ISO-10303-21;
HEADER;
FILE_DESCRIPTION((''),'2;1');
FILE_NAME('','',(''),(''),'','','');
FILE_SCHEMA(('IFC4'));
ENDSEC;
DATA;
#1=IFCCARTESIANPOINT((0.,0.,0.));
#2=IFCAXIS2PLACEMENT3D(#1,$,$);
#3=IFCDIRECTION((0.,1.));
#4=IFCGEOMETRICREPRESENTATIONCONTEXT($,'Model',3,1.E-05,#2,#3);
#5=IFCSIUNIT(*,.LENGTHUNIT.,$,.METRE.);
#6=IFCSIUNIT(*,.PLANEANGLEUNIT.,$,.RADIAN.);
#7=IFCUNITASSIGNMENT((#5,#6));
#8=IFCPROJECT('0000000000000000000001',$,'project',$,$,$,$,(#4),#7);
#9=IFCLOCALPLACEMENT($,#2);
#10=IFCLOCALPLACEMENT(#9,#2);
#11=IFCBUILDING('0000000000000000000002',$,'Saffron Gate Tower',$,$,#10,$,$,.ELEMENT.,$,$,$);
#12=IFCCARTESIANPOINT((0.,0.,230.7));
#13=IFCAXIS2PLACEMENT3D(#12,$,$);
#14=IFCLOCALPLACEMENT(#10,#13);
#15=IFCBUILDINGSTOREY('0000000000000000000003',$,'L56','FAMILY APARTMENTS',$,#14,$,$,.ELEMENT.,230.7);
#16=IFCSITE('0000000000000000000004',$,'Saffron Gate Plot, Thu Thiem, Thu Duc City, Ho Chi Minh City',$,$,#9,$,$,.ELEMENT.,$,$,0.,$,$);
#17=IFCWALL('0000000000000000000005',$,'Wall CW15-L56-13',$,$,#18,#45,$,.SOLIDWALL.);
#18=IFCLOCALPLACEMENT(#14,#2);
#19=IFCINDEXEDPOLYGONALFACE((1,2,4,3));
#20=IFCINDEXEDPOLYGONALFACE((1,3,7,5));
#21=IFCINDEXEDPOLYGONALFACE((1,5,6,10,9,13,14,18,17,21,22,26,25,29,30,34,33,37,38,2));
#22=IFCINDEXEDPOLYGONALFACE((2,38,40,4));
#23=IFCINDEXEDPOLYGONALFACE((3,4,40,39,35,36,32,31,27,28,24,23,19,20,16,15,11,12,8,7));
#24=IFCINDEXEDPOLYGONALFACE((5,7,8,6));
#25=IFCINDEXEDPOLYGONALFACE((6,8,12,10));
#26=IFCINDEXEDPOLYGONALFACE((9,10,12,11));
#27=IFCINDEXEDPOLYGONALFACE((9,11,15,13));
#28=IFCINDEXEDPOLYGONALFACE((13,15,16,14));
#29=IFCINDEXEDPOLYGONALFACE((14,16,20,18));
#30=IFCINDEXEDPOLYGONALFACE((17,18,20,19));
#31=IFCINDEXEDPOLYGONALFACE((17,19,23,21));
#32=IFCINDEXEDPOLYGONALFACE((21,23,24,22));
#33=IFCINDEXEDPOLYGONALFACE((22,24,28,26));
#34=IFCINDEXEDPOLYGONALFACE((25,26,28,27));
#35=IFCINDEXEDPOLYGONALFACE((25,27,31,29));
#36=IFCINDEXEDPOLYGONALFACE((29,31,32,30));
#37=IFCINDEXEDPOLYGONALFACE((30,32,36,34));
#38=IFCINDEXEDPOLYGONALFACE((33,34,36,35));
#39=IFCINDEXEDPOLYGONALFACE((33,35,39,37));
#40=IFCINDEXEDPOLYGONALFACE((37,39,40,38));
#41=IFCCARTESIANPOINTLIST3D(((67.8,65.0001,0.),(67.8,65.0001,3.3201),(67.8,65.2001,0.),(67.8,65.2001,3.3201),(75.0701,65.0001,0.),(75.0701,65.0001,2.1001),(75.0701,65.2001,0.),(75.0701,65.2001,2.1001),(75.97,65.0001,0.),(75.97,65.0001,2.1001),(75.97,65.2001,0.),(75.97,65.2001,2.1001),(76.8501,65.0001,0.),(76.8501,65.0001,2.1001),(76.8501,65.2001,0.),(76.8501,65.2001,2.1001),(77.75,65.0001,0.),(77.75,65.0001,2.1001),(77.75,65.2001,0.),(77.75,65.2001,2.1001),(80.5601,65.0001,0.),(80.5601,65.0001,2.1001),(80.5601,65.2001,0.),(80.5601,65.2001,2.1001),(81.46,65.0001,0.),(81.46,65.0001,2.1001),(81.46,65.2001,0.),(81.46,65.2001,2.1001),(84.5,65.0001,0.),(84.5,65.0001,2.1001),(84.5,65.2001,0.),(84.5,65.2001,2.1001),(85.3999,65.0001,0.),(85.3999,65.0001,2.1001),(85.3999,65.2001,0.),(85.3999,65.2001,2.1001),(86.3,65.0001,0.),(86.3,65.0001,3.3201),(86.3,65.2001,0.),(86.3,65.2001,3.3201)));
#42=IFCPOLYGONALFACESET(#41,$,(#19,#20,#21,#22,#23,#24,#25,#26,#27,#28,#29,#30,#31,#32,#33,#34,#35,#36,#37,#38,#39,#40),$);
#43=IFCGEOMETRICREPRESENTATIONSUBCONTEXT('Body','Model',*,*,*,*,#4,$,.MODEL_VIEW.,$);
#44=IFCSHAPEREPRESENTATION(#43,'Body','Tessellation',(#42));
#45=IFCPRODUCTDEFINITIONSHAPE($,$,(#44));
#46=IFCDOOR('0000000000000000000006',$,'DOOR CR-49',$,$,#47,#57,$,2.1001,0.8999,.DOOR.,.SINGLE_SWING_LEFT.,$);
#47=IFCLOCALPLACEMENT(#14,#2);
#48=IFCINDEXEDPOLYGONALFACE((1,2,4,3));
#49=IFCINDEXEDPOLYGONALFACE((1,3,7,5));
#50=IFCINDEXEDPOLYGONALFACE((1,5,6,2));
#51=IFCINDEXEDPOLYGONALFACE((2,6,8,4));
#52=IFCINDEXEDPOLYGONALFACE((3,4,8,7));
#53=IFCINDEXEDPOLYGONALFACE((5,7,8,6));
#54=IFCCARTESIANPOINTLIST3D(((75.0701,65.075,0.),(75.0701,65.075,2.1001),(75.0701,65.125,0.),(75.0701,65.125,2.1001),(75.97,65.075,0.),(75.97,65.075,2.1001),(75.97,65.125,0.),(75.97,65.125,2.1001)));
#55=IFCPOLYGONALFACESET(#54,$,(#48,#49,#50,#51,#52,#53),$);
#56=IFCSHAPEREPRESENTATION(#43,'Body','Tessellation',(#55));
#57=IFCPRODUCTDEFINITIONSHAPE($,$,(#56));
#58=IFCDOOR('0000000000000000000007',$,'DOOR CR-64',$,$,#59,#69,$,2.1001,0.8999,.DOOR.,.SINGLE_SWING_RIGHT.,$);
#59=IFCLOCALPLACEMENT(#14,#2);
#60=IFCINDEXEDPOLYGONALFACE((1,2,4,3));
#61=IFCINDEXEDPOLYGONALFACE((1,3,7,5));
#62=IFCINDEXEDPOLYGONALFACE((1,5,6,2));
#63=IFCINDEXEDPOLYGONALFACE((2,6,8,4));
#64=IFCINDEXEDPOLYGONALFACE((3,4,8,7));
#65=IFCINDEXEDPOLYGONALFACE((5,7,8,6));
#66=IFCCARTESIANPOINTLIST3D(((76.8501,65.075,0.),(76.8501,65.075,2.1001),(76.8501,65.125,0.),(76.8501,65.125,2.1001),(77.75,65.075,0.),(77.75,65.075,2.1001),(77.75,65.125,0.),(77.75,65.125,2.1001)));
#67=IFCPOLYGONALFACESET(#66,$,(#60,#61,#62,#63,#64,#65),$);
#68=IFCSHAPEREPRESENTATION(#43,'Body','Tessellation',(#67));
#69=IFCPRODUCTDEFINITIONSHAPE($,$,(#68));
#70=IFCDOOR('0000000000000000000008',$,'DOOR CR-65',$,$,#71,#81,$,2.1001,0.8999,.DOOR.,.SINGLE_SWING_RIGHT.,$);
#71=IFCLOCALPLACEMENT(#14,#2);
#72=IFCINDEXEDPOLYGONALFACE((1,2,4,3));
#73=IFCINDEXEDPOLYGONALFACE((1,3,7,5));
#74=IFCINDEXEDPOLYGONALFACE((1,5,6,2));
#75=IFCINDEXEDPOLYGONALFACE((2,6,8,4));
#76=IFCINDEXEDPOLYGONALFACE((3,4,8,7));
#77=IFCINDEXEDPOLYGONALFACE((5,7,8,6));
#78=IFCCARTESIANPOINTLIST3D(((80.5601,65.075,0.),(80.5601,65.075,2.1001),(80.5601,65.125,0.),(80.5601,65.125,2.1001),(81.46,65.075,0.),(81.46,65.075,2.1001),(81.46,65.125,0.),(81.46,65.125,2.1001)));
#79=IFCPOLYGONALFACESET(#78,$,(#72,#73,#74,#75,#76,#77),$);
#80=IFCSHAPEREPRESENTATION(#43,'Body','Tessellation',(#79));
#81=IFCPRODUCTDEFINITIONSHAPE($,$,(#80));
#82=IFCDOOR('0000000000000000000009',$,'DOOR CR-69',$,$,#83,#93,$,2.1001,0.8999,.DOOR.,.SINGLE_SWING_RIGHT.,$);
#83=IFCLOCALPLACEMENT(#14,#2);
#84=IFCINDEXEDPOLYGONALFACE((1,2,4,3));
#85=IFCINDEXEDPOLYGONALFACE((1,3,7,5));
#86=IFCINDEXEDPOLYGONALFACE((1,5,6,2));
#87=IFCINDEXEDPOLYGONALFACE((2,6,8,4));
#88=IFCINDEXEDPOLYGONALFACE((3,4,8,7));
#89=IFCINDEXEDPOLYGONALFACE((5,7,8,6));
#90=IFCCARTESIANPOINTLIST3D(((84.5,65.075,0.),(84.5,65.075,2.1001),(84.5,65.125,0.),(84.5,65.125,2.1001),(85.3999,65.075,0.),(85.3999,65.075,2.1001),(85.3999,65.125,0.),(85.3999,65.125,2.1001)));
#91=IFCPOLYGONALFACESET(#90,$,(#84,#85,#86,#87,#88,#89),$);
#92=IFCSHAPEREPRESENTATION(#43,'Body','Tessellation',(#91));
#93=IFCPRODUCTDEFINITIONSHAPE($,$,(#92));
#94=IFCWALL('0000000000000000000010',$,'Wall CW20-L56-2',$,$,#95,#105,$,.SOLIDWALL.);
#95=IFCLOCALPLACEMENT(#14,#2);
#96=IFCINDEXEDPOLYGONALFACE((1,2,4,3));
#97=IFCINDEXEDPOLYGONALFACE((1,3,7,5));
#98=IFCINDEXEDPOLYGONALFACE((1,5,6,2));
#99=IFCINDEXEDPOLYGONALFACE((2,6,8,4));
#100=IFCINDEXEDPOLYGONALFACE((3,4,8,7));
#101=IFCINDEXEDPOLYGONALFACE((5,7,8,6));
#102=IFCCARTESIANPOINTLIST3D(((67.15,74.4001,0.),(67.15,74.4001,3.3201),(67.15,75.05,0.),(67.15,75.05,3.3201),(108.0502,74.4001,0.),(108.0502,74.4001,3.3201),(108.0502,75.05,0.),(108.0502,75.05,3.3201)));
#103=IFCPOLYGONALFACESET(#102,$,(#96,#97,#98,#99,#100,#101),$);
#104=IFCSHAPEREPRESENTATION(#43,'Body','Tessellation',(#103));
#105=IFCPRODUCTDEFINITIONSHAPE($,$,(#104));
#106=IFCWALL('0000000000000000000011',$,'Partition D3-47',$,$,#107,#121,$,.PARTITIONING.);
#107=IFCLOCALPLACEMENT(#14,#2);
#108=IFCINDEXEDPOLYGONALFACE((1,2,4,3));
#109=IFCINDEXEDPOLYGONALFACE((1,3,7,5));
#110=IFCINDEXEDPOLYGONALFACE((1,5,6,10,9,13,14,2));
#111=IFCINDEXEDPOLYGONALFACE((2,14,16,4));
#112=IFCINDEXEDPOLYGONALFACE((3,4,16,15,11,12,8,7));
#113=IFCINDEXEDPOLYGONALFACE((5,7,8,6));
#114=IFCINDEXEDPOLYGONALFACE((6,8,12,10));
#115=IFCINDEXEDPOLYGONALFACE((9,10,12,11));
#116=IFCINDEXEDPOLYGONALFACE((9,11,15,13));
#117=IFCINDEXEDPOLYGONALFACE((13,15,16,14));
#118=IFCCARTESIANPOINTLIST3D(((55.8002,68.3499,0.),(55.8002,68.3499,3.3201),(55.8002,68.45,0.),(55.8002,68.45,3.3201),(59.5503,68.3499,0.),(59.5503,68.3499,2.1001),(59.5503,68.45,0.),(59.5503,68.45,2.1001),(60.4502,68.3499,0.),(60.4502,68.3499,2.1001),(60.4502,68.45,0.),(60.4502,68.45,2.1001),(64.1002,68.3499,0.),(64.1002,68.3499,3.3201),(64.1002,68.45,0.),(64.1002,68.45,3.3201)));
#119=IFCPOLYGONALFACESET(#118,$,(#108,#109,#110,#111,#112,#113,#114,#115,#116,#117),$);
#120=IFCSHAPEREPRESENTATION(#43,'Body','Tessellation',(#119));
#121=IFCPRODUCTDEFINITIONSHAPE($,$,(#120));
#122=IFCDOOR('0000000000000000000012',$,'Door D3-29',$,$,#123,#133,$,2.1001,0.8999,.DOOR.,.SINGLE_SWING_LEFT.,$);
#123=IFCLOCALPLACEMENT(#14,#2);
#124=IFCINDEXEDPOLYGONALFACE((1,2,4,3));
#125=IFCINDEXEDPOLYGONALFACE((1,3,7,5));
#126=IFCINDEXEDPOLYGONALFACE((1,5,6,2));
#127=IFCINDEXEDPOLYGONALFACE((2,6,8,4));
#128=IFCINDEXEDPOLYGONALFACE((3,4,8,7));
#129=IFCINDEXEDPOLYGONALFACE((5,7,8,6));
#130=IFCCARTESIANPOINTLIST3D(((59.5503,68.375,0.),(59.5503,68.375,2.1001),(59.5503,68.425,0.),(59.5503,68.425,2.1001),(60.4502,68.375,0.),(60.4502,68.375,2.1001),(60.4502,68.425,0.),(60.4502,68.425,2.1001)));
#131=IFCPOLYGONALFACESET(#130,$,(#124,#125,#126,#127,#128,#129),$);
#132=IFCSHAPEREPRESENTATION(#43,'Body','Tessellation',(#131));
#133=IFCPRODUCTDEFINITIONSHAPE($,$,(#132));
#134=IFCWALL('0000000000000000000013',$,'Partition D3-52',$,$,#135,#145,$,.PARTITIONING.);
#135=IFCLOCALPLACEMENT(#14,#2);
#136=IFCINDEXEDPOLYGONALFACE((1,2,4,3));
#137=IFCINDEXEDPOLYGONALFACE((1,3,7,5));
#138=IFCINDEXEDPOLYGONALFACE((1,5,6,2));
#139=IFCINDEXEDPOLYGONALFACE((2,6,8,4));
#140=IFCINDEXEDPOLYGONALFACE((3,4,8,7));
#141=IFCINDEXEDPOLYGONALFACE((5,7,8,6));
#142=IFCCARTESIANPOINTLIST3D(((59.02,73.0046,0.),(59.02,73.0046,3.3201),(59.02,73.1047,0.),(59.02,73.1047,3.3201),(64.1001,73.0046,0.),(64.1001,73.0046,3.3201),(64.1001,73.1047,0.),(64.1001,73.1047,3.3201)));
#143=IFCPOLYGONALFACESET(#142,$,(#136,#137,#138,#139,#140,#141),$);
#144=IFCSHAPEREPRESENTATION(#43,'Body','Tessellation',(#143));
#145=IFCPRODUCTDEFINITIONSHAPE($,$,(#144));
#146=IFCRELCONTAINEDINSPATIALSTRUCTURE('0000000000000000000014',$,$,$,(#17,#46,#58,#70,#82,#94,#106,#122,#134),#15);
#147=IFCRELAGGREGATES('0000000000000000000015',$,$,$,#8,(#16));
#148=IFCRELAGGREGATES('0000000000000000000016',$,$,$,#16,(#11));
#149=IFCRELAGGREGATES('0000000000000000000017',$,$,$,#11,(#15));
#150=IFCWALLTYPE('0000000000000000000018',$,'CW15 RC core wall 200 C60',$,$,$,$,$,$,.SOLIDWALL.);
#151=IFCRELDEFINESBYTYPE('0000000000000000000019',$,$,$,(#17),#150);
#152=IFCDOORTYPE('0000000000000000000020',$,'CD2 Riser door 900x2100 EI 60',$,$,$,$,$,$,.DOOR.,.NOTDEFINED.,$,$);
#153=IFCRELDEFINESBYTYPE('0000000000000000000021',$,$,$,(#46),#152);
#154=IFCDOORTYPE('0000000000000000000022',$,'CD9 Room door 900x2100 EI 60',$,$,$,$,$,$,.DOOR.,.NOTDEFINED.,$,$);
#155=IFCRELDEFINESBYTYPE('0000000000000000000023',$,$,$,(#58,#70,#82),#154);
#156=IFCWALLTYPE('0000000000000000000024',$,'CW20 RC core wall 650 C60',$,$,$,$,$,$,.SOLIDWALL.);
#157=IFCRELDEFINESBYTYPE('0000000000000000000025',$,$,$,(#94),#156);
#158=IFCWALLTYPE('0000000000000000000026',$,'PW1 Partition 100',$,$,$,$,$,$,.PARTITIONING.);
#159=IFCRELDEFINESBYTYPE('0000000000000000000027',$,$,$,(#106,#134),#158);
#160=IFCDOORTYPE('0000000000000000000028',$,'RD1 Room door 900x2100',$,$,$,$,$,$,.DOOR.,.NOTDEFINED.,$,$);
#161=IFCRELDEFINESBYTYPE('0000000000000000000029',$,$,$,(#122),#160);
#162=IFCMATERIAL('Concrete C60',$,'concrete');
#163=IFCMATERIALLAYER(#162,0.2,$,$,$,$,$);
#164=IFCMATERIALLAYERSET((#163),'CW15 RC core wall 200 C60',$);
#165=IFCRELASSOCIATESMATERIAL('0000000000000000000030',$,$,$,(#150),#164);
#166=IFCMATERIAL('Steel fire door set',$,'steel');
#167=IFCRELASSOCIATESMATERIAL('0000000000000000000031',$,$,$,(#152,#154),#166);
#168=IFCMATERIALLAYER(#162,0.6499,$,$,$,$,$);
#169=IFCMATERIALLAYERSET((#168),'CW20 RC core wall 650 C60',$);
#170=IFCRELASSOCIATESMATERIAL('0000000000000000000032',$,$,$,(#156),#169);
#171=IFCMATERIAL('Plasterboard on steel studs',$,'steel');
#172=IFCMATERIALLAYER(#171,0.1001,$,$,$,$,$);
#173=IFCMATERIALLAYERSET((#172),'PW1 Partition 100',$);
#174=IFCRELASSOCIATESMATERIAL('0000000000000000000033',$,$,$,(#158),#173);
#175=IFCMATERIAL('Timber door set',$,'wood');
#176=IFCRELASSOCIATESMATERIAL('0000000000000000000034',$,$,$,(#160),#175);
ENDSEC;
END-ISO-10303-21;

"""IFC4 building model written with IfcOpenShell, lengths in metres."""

from ifc_helpers import new_model, si_unit, direction, frame, frame_2d, origin, place, context, subcontext, project, spatial, rectangle, extrude, material, layer, layer_set, type_object, element, fill, save


model = new_model("IFC4")

# Units and contexts
model_context = context("Model", 3, precision=1e-05, world=origin(), true_north=direction((0.0, 1.0)))
body_context = subcontext(model_context, "Body", "Model", "MODEL_VIEW")
ifc_project = project(units=[si_unit("LENGTHUNIT", "METRE"), si_unit("PLANEANGLEUNIT", "RADIAN")], contexts=[model_context])

# Site, building, storey
site_placement = place(None, origin())
site = spatial("IfcSite", under=ifc_project, at=site_placement, Name="Saffron Gate Plot, Thu Thiem, Thu Duc City, Ho Chi Minh City", CompositionType="ELEMENT", RefElevation=0.0)
building_placement = place(site_placement, origin())
building = spatial("IfcBuilding", under=site, at=building_placement, Name="Saffron Gate Tower", CompositionType="ELEMENT")
storey_placement = place(building_placement, frame((0.0, 0.0, 230.7)))
storey = spatial("IfcBuildingStorey", under=building, at=storey_placement, Name="L56", Description="FAMILY APARTMENTS", CompositionType="ELEMENT", Elevation=230.7)

# Wall, openings, doors
ifc_material_1 = material(Name="Concrete C60", Category="concrete")
ifc_layer_1 = layer(ifc_material_1, 0.2)
ifc_layer_set_1 = layer_set([ifc_layer_1], Name="CW15 RC core wall 200 C60")
wall_type_1 = type_object("IfcWallType", Name="CW15 RC core wall 200 C60", PredefinedType="SOLIDWALL", material=ifc_layer_set_1)
wall_1_placement = place(storey_placement, frame((67.8, 65.1001, 0.0), z_axis=(0.0, 0.0, 1.0), x_axis=(1.0, 0.0, 0.0)))
wall_1 = element("IfcWall", 1, at=wall_1_placement, inside=storey, type_object=wall_type_1, Name="Wall CW15-L56-13", PredefinedType="SOLIDWALL", context=body_context, shape_type="SweptSolid", body=[
    extrude(rectangle(XDim=18.5, YDim=0.2, at=frame_2d((9.25, 0.0))), origin(), (0.0, 0.0, 1.0), 3.3201),
])
opening_1_placement = place(wall_1_placement, frame((7.27, 0.0, 0.0)))
opening_1 = element("IfcOpeningElement", 2, at=opening_1_placement, cuts=wall_1, PredefinedType="OPENING", context=body_context, shape_type="SweptSolid", body=[
    extrude(rectangle(XDim=0.8999, YDim=2.1001, at=frame_2d((0.45, 1.05))), frame((0.0, 0.1099, 0.0), z_axis=(0.0, -1.0, 0.0), x_axis=(1.0, 0.0, 0.0)), (0.0, 0.0, 1.0), 0.22),
])
opening_2_placement = place(wall_1_placement, frame((9.05, 0.0, 0.0)))
opening_2 = element("IfcOpeningElement", 3, at=opening_2_placement, cuts=wall_1, PredefinedType="OPENING", context=body_context, shape_type="SweptSolid", body=[
    extrude(rectangle(XDim=0.8999, YDim=2.1001, at=frame_2d((0.45, 1.05))), frame((0.0, 0.1099, 0.0), z_axis=(0.0, -1.0, 0.0), x_axis=(1.0, 0.0, 0.0)), (0.0, 0.0, 1.0), 0.22),
])
opening_3_placement = place(wall_1_placement, frame((12.76, 0.0, 0.0)))
opening_3 = element("IfcOpeningElement", 4, at=opening_3_placement, cuts=wall_1, PredefinedType="OPENING", context=body_context, shape_type="SweptSolid", body=[
    extrude(rectangle(XDim=0.8999, YDim=2.1001, at=frame_2d((0.45, 1.05))), frame((0.0, 0.1099, 0.0), z_axis=(0.0, -1.0, 0.0), x_axis=(1.0, 0.0, 0.0)), (0.0, 0.0, 1.0), 0.22),
])
opening_4_placement = place(wall_1_placement, frame((16.7, 0.0, 0.0)))
opening_4 = element("IfcOpeningElement", 5, at=opening_4_placement, cuts=wall_1, PredefinedType="OPENING", context=body_context, shape_type="SweptSolid", body=[
    extrude(rectangle(XDim=0.8999, YDim=2.1001, at=frame_2d((0.45, 1.05))), frame((0.0, 0.1099, 0.0), z_axis=(0.0, -1.0, 0.0), x_axis=(1.0, 0.0, 0.0)), (0.0, 0.0, 1.0), 0.22),
])
ifc_material_2 = material(Name="Steel fire door set", Category="steel")
door_type_1 = type_object("IfcDoorType", Name="CD2 Riser door 900x2100 EI 60", OperationType="NOTDEFINED", PredefinedType="DOOR", material=ifc_material_2)
door_1_placement = place(opening_1_placement, origin())
door_1 = element("IfcDoor", 6, at=door_1_placement, inside=storey, type_object=door_type_1, Name="DOOR CR-49", OperationType="SINGLE_SWING_LEFT", OverallHeight=2.1001, OverallWidth=0.8999, PredefinedType="DOOR", context=body_context, shape_type="SweptSolid", body=[
    extrude(rectangle(XDim=0.8999, YDim=2.1001, at=frame_2d((0.45, 1.05))), frame((0.0, 0.0249, 0.0), z_axis=(0.0, -1.0, 0.0), x_axis=(1.0, 0.0, 0.0)), (0.0, 0.0, 1.0), 0.05),
])
fill(opening_1, door_1)
door_type_2 = type_object("IfcDoorType", Name="CD9 Room door 900x2100 EI 60", OperationType="NOTDEFINED", PredefinedType="DOOR", material=ifc_material_2)
door_2_placement = place(opening_2_placement, origin())
door_2 = element("IfcDoor", 7, at=door_2_placement, inside=storey, type_object=door_type_2, Name="DOOR CR-64", OperationType="SINGLE_SWING_RIGHT", OverallHeight=2.1001, OverallWidth=0.8999, PredefinedType="DOOR", context=body_context, shape_type="SweptSolid", body=[
    extrude(rectangle(XDim=0.8999, YDim=2.1001, at=frame_2d((0.45, 1.05))), frame((0.0, 0.0249, 0.0), z_axis=(0.0, -1.0, 0.0), x_axis=(1.0, 0.0, 0.0)), (0.0, 0.0, 1.0), 0.05),
])
fill(opening_2, door_2)
door_3_placement = place(opening_3_placement, origin())
door_3 = element("IfcDoor", 8, at=door_3_placement, inside=storey, type_object=door_type_2, Name="DOOR CR-65", OperationType="SINGLE_SWING_RIGHT", OverallHeight=2.1001, OverallWidth=0.8999, PredefinedType="DOOR", context=body_context, shape_type="SweptSolid", body=[
    extrude(rectangle(XDim=0.8999, YDim=2.1001, at=frame_2d((0.45, 1.05))), frame((0.0, 0.0249, 0.0), z_axis=(0.0, -1.0, 0.0), x_axis=(1.0, 0.0, 0.0)), (0.0, 0.0, 1.0), 0.05),
])
fill(opening_3, door_3)
door_4_placement = place(opening_4_placement, origin())
door_4 = element("IfcDoor", 9, at=door_4_placement, inside=storey, type_object=door_type_2, Name="DOOR CR-69", OperationType="SINGLE_SWING_RIGHT", OverallHeight=2.1001, OverallWidth=0.8999, PredefinedType="DOOR", context=body_context, shape_type="SweptSolid", body=[
    extrude(rectangle(XDim=0.8999, YDim=2.1001, at=frame_2d((0.45, 1.05))), frame((0.0, 0.0249, 0.0), z_axis=(0.0, -1.0, 0.0), x_axis=(1.0, 0.0, 0.0)), (0.0, 0.0, 1.0), 0.05),
])
fill(opening_4, door_4)

# Wall
ifc_layer_2 = layer(ifc_material_1, 0.6499)
ifc_layer_set_2 = layer_set([ifc_layer_2], Name="CW20 RC core wall 650 C60")
wall_type_2 = type_object("IfcWallType", Name="CW20 RC core wall 650 C60", PredefinedType="SOLIDWALL", material=ifc_layer_set_2)
wall_2_placement = place(storey_placement, frame((67.1499, 74.7251, 0.0), z_axis=(0.0, 0.0, 1.0), x_axis=(1.0, 0.0, 0.0)))
element("IfcWall", 10, at=wall_2_placement, inside=storey, type_object=wall_type_2, Name="Wall CW20-L56-2", PredefinedType="SOLIDWALL", context=body_context, shape_type="SweptSolid", body=[
    extrude(rectangle(XDim=40.9001, YDim=0.6499, at=frame_2d((20.4502, 0.0))), origin(), (0.0, 0.0, 1.0), 3.3201),
])

# Wall, opening, door
ifc_material_3 = material(Name="Plasterboard on steel studs", Category="steel")
ifc_layer_3 = layer(ifc_material_3, 0.1001)
ifc_layer_set_3 = layer_set([ifc_layer_3], Name="PW1 Partition 100")
wall_type_3 = type_object("IfcWallType", Name="PW1 Partition 100", PredefinedType="PARTITIONING", material=ifc_layer_set_3)
wall_3_placement = place(storey_placement, frame((64.1001, 68.3999, 0.0), z_axis=(0.0, 0.0, 1.0), x_axis=(-1.0, 0.0, 0.0)))
wall_3 = element("IfcWall", 11, at=wall_3_placement, inside=storey, type_object=wall_type_3, Name="Partition D3-47", PredefinedType="PARTITIONING", context=body_context, shape_type="SweptSolid", body=[
    extrude(rectangle(XDim=8.3, YDim=0.1001, at=frame_2d((4.1499, 0.0))), origin(), (0.0, 0.0, 1.0), 3.3201),
])
opening_5_placement = place(wall_3_placement, frame((3.6499, 0.0, 0.0)))
opening_5 = element("IfcOpeningElement", 12, at=opening_5_placement, cuts=wall_3, PredefinedType="OPENING", context=body_context, shape_type="SweptSolid", body=[
    extrude(rectangle(XDim=0.8999, YDim=2.1001, at=frame_2d((0.45, 1.05))), frame((0.0, 0.0601, 0.0), z_axis=(0.0, -1.0, 0.0), x_axis=(1.0, 0.0, 0.0)), (0.0, 0.0, 1.0), 0.1201),
])
ifc_material_4 = material(Name="Timber door set", Category="wood")
door_type_3 = type_object("IfcDoorType", Name="RD1 Room door 900x2100", OperationType="NOTDEFINED", PredefinedType="DOOR", material=ifc_material_4)
door_5_placement = place(opening_5_placement, origin())
door_5 = element("IfcDoor", 13, at=door_5_placement, inside=storey, type_object=door_type_3, Name="Door D3-29", OperationType="SINGLE_SWING_LEFT", OverallHeight=2.1001, OverallWidth=0.8999, PredefinedType="DOOR", context=body_context, shape_type="SweptSolid", body=[
    extrude(rectangle(XDim=0.8999, YDim=2.1001, at=frame_2d((0.45, 1.05))), frame((0.0, 0.0249, 0.0), z_axis=(0.0, -1.0, 0.0), x_axis=(1.0, 0.0, 0.0)), (0.0, 0.0, 1.0), 0.05),
])
fill(opening_5, door_5)

# Wall
wall_4_placement = place(storey_placement, frame((59.02, 73.0547, 0.0), z_axis=(0.0, 0.0, 1.0), x_axis=(1.0, 0.0, 0.0)))
element("IfcWall", 14, at=wall_4_placement, inside=storey, type_object=wall_type_3, Name="Partition D3-52", PredefinedType="PARTITIONING", context=body_context, shape_type="SweptSolid", body=[
    extrude(rectangle(XDim=5.0801, YDim=0.1001, at=frame_2d((2.54, 0.0))), origin(), (0.0, 0.0, 1.0), 3.3201),
])

save(model, "model.ifc")
